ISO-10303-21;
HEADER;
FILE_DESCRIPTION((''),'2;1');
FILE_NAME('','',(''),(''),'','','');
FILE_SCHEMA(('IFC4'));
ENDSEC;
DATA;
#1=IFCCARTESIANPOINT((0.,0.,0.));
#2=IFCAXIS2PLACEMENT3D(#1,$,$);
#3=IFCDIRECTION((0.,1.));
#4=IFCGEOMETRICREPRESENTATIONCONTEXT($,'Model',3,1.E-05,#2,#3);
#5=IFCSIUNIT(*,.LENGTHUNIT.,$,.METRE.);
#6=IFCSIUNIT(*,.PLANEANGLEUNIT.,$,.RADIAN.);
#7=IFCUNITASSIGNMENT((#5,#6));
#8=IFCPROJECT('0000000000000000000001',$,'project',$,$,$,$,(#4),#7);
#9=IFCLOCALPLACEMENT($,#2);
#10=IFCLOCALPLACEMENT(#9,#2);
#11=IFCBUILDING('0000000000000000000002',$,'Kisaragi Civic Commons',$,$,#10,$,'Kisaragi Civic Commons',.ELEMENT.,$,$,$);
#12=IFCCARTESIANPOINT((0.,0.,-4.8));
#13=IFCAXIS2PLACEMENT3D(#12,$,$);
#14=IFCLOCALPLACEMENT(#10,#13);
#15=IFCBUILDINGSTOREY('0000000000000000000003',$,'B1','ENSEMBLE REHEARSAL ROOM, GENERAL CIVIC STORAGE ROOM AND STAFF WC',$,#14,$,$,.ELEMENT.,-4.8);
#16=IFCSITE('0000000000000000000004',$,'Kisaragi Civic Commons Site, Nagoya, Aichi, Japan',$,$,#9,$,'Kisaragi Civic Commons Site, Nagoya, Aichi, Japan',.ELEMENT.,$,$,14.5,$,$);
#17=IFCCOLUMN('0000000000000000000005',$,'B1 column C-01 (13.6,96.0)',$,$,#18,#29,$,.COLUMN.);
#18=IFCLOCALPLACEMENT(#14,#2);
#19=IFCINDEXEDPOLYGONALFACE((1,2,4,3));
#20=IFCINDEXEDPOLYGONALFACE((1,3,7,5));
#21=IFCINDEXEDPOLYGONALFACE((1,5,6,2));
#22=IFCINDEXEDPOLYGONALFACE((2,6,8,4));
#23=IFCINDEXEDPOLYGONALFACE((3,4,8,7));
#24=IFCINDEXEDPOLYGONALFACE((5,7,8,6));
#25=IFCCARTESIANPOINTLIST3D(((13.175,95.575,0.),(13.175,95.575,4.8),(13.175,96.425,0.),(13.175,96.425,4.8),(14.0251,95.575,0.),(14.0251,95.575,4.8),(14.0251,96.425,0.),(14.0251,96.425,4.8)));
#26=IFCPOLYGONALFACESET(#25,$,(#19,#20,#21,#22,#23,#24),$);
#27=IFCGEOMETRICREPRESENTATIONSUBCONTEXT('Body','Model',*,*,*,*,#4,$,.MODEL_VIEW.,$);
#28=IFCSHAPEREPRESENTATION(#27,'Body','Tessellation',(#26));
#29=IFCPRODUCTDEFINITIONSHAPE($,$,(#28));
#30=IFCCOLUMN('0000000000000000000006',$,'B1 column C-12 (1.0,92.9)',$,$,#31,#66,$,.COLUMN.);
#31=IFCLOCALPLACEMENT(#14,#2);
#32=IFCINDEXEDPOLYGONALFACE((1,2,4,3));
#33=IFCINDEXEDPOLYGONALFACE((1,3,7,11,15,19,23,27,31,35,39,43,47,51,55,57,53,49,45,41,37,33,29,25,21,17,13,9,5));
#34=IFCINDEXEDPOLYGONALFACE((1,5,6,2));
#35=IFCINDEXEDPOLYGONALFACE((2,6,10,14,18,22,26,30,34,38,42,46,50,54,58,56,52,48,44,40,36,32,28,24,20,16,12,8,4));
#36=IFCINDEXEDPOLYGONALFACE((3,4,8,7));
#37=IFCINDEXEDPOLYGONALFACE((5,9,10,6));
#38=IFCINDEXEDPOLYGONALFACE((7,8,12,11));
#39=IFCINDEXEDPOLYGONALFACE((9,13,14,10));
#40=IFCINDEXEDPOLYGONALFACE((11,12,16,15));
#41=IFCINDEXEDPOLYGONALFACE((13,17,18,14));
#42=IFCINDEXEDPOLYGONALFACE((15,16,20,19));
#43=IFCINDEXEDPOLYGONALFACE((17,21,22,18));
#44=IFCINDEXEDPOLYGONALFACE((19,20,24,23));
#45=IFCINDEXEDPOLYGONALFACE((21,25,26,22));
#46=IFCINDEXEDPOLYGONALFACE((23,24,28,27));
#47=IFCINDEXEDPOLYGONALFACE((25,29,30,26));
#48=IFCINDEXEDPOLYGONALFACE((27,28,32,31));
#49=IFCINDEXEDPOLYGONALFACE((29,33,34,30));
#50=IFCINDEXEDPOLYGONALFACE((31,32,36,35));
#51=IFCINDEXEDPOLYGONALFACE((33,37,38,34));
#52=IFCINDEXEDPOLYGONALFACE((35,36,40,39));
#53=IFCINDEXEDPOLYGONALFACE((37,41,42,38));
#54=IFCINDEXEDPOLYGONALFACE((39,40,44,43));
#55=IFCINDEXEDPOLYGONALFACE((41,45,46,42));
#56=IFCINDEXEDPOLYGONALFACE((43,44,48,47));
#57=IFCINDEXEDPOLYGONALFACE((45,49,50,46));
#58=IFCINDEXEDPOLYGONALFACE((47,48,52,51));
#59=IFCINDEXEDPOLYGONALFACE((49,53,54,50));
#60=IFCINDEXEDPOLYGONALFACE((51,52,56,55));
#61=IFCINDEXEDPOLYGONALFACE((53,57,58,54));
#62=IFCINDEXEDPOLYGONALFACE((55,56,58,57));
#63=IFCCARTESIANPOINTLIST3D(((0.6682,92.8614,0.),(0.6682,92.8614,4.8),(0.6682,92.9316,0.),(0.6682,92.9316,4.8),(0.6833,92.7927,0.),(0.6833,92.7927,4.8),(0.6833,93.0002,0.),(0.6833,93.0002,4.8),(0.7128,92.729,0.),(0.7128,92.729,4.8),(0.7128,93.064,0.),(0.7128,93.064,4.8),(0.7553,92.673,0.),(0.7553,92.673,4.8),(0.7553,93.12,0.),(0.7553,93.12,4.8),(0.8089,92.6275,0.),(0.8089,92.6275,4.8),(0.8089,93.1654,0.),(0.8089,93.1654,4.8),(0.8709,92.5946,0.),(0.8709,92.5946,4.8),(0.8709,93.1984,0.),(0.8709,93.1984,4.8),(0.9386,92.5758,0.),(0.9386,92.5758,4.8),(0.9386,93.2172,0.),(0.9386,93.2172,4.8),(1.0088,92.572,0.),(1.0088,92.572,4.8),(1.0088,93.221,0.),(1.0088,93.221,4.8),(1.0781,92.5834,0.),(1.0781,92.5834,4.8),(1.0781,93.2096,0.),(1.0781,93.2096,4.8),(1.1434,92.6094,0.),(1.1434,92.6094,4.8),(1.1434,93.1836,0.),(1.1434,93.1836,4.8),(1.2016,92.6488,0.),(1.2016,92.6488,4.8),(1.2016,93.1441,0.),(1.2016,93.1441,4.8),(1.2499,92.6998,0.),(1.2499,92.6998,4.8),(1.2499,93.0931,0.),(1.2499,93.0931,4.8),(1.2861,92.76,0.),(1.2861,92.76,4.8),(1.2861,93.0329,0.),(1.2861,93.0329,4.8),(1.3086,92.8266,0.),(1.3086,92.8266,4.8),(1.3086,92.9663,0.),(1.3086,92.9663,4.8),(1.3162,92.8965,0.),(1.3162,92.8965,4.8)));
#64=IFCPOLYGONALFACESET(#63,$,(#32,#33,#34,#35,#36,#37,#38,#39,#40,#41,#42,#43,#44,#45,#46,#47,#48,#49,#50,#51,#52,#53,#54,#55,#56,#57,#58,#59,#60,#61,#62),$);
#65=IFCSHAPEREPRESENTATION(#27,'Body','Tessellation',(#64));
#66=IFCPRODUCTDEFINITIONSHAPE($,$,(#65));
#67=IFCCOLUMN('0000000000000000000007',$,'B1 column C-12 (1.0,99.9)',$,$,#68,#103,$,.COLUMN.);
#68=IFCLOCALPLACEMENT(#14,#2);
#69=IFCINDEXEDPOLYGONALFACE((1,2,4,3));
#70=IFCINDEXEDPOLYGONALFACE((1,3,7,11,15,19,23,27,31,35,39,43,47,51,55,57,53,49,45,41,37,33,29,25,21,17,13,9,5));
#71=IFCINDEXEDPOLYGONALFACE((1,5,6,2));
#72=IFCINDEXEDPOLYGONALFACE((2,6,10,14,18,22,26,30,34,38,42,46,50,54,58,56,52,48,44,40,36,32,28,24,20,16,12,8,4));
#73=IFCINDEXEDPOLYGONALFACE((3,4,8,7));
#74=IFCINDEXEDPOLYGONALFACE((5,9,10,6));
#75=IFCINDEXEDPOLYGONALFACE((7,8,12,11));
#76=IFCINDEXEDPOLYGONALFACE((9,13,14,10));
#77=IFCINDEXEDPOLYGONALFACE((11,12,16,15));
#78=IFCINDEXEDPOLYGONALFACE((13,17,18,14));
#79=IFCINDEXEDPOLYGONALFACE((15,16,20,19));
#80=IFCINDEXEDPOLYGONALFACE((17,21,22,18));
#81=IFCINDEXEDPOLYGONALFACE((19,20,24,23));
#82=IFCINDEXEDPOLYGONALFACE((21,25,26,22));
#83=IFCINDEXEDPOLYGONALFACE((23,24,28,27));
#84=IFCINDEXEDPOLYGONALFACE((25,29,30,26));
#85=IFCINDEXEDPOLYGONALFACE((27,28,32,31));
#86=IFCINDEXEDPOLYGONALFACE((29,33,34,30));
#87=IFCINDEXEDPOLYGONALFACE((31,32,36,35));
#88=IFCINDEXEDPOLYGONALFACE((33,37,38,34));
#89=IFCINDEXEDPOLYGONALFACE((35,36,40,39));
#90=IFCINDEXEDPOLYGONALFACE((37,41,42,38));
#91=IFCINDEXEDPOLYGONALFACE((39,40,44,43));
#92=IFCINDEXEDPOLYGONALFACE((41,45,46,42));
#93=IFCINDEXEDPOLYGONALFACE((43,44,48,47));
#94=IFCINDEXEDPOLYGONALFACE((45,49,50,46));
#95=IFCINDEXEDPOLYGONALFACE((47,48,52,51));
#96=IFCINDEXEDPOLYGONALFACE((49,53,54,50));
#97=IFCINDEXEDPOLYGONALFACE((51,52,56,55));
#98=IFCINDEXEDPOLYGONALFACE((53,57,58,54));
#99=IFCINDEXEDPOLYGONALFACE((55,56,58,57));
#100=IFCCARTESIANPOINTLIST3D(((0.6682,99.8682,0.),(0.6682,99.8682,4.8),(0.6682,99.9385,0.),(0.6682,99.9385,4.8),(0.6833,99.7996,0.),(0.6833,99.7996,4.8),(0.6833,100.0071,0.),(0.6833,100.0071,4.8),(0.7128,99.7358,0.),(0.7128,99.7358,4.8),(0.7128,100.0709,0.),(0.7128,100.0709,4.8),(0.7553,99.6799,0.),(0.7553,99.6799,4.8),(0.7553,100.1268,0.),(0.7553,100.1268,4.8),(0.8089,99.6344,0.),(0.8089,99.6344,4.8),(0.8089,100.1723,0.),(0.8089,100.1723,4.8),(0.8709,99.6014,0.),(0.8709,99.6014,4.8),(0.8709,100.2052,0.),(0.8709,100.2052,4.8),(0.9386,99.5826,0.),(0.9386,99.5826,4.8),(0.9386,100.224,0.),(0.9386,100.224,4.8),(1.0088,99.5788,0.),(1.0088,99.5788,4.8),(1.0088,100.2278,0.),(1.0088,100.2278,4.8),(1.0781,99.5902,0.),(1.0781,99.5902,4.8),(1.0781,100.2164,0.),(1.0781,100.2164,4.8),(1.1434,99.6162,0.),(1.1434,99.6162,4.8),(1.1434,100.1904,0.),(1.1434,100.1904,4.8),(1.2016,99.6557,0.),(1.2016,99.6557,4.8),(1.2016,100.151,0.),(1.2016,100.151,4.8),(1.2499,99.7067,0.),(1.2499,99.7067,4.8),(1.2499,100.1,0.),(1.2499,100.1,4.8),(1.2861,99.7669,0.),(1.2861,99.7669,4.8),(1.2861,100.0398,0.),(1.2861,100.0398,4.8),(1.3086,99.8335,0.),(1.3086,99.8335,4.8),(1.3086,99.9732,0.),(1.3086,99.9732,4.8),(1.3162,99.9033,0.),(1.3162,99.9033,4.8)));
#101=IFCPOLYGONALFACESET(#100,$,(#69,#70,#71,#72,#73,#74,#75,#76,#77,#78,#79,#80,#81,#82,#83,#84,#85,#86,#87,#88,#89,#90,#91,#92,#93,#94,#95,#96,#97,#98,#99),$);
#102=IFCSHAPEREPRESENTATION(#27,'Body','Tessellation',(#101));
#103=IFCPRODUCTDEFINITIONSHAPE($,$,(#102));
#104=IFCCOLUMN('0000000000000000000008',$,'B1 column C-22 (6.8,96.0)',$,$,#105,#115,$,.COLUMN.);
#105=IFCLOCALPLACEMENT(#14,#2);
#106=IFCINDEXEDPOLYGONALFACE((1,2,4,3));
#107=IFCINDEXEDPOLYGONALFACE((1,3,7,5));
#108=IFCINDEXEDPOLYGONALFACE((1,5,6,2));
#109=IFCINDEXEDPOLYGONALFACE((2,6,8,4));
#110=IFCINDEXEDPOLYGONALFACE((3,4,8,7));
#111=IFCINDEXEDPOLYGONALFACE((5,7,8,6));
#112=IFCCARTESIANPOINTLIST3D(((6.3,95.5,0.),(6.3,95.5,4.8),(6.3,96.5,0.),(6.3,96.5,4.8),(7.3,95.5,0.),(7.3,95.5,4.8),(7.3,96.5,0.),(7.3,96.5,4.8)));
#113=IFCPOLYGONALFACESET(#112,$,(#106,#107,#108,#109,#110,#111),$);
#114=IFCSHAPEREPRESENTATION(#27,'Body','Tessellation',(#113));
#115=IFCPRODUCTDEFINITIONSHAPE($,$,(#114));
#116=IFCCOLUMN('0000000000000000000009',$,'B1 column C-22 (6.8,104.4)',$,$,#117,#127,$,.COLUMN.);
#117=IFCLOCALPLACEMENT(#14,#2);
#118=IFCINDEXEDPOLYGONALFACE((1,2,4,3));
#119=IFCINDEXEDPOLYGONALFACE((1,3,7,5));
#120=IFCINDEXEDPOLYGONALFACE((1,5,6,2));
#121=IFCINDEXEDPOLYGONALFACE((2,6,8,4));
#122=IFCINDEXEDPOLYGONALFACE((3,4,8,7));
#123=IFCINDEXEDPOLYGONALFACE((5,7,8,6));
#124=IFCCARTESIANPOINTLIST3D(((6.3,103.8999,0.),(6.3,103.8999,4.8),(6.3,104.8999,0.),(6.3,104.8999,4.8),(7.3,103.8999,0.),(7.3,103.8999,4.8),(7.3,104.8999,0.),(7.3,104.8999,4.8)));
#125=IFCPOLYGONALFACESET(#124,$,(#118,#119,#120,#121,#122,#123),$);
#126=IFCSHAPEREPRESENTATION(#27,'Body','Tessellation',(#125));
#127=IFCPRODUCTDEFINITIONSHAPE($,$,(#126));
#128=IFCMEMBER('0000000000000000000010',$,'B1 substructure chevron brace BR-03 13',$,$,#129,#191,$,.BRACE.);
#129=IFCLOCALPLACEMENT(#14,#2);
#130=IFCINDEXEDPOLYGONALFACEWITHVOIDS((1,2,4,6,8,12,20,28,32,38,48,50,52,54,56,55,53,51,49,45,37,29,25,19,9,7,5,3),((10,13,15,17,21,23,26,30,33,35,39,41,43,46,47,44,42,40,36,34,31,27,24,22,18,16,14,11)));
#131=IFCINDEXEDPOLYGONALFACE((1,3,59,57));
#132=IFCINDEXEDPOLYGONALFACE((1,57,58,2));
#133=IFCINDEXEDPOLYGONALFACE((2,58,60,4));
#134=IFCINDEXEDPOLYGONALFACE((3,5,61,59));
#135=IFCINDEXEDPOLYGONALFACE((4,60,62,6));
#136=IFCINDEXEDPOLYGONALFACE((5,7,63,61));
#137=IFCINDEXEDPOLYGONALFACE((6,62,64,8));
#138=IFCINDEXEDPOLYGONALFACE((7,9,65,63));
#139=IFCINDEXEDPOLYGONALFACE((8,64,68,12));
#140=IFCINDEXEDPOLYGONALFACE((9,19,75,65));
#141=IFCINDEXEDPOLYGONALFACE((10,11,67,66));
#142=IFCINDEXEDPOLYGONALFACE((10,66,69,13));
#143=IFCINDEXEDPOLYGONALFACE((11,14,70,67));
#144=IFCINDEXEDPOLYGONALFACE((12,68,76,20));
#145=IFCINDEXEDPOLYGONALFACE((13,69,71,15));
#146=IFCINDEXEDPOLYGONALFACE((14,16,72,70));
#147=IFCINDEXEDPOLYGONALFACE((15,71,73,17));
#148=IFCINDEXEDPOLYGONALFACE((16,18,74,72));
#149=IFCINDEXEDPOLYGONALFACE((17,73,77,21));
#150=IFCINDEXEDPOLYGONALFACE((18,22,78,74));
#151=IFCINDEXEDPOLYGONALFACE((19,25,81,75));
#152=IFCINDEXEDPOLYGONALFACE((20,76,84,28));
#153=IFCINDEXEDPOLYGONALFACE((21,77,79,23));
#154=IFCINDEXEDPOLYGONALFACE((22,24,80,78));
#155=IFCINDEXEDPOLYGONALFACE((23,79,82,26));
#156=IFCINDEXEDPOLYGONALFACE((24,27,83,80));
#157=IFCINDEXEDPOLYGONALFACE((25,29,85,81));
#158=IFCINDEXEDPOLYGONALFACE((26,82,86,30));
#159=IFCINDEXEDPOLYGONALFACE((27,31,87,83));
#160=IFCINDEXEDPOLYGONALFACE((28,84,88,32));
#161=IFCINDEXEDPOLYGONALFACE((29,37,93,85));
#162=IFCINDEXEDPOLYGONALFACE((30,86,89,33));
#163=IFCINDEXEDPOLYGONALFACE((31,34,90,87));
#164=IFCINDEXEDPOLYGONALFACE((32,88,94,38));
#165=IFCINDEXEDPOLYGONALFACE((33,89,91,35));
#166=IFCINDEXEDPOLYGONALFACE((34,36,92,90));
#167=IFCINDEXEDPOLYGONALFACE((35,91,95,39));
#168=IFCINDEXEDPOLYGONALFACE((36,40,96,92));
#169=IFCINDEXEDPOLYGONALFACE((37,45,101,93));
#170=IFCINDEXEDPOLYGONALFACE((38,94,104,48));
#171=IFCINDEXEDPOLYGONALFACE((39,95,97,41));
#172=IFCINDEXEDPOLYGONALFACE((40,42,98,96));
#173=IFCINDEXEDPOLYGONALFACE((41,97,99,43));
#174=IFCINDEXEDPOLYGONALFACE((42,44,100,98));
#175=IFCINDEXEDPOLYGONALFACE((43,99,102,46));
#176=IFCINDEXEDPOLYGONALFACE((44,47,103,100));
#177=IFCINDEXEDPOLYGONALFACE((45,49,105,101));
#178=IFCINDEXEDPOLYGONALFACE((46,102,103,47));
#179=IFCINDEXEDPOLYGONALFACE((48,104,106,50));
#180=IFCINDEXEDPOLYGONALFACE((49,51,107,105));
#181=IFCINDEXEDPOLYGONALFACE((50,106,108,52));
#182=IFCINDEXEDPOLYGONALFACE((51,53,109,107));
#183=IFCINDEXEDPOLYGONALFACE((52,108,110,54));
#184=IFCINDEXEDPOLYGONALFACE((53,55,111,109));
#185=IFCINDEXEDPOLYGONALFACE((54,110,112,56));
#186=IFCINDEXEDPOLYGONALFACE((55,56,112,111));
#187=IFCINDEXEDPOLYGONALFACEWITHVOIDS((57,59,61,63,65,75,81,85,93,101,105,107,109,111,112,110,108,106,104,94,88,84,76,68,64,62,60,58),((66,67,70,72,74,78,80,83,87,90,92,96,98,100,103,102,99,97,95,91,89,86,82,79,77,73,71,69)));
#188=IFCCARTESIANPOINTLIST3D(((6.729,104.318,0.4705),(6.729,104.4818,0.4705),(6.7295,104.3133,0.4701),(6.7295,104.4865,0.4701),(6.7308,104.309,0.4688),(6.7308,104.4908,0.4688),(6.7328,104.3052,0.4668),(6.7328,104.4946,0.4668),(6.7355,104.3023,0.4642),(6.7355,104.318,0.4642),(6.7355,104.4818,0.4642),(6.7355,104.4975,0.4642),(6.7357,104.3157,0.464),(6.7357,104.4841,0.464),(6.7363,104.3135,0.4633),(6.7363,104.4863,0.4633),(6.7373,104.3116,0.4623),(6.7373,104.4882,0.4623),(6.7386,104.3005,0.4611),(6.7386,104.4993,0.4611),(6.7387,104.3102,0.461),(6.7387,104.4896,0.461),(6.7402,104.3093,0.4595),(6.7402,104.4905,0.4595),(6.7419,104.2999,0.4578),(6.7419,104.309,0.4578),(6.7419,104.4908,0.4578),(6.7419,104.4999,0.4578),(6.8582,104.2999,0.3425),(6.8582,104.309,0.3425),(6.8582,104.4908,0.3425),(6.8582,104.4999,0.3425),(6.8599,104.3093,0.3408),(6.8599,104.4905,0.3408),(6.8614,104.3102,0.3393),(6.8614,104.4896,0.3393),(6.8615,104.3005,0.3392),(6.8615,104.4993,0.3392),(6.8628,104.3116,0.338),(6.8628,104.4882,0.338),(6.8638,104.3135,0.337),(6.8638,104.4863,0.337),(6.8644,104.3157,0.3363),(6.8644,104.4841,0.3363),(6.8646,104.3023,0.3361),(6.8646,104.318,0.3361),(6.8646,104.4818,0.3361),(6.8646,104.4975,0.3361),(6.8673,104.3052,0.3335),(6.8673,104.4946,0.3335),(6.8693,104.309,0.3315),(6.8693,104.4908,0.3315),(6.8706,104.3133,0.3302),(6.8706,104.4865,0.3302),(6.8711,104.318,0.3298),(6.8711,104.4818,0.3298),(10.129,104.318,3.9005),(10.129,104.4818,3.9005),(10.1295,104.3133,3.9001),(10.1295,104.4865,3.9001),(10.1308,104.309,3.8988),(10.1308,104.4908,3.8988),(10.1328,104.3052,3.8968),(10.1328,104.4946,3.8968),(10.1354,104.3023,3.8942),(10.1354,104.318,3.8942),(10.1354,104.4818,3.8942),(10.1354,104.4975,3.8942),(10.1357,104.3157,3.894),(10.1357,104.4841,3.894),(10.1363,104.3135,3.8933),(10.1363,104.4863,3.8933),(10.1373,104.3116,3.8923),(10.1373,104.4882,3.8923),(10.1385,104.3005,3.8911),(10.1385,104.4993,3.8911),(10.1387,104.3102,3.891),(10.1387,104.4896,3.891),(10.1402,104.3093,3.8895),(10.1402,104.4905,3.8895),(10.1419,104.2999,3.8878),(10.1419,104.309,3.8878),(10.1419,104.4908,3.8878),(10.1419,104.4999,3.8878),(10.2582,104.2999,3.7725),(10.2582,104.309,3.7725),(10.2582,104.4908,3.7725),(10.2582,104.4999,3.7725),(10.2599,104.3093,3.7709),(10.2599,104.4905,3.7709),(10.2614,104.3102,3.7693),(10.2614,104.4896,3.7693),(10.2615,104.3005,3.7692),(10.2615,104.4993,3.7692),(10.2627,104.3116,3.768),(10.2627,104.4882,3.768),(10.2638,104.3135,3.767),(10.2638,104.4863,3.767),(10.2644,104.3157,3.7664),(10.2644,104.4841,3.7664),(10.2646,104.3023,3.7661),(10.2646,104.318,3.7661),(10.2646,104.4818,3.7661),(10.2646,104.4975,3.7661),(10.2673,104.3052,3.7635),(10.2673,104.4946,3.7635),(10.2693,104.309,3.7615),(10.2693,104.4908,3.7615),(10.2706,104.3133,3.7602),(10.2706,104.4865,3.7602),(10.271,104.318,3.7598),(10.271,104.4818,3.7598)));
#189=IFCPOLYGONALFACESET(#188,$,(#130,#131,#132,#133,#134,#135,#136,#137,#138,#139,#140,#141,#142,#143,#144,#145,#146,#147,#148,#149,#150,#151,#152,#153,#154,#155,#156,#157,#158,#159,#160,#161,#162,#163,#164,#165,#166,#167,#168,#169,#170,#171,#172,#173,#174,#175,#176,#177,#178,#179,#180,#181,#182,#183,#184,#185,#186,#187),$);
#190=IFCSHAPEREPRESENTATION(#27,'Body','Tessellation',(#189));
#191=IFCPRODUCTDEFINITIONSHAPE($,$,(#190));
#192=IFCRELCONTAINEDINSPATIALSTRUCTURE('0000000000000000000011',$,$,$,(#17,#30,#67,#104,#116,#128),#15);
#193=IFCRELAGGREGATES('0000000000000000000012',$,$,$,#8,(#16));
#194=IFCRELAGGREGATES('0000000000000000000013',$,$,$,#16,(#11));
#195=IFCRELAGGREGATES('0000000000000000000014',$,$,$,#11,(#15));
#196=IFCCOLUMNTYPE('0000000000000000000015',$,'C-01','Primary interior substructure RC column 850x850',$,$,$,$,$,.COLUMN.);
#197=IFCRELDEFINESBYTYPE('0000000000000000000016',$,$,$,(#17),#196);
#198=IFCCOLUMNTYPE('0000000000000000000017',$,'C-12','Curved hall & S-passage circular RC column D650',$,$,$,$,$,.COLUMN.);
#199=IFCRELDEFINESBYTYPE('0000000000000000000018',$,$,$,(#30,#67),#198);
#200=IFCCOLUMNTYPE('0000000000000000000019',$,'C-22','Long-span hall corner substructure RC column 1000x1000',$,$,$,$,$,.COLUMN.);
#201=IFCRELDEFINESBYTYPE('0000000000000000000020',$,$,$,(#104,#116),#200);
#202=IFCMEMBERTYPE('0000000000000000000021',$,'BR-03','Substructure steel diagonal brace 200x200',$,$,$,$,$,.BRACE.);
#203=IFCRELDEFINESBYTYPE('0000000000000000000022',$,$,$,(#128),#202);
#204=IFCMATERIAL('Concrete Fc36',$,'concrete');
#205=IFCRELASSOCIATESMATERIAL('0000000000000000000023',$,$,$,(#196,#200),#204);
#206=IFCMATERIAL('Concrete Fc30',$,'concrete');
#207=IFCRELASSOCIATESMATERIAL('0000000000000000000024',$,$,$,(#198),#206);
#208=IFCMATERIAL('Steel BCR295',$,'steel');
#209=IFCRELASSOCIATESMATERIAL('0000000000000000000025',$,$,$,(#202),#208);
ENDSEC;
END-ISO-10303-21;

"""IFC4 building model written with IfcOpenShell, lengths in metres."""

from ifc_helpers import new_model, si_unit, direction, frame, origin, origin_2d, place, context, subcontext, project, spatial, rectangle, hollow_rectangle, circle, extrude, material, material_profile, profile_set, type_object, element, save


model = new_model("IFC4")

# Units and contexts
model_context = context("Model", 3, precision=1e-05, world=origin(), true_north=direction((0.0, 1.0)))
body_context = subcontext(model_context, "Body", "Model", "MODEL_VIEW")
ifc_project = project(units=[si_unit("LENGTHUNIT", "METRE"), si_unit("PLANEANGLEUNIT", "RADIAN")], contexts=[model_context])

# Site, building, storey
site_placement = place(None, origin())
site = spatial("IfcSite", under=ifc_project, at=site_placement, Name="Kisaragi Civic Commons Site, Nagoya, Aichi, Japan", LongName="Kisaragi Civic Commons Site, Nagoya, Aichi, Japan", CompositionType="ELEMENT", RefElevation=14.5)
building_placement = place(site_placement, origin())
building = spatial("IfcBuilding", under=site, at=building_placement, Name="Kisaragi Civic Commons", LongName="Kisaragi Civic Commons", CompositionType="ELEMENT")
storey_placement = place(building_placement, frame((0.0, 0.0, -4.8)))
storey = spatial("IfcBuildingStorey", under=building, at=storey_placement, Name="B1", Description="ENSEMBLE REHEARSAL ROOM, GENERAL CIVIC STORAGE ROOM AND STAFF WC", CompositionType="ELEMENT", Elevation=-4.8)

# Shared definitions
ifc_material_1 = material(Name="Concrete Fc36", Category="concrete")

# Columns
ifc_material_profile_1 = material_profile(ifc_material_1, rectangle(XDim=0.8501, YDim=0.8501, at=origin_2d()), Name="RC-850x850", Category="concrete")
ifc_profile_set_1 = profile_set([ifc_material_profile_1], Name="Concrete Fc36")
column_type_1 = type_object("IfcColumnType", Name="C-01", Description="Primary interior substructure RC column 850x850", PredefinedType="COLUMN", material=ifc_profile_set_1)
column_placement = place(storey_placement, frame((13.6001, 96.0, 0.0), z_axis=(0.0, 0.0, 1.0), x_axis=(1.0, 0.0, 0.0)))
element("IfcColumn", 1, at=column_placement, inside=storey, type_object=column_type_1, Name="B1 column C-01 (13.6,96.0)", PredefinedType="COLUMN", context=body_context, shape_type="SweptSolid", body=[
    extrude(rectangle(XDim=0.8501, YDim=0.8501, at=origin_2d()), origin(), (0.0, 0.0, 1.0), 4.8),
])
ifc_material_2 = material(Name="Concrete Fc30", Category="concrete")
ifc_material_profile_2 = material_profile(ifc_material_2, circle(Radius=0.325, at=origin_2d()), Name="RC-D650", Category="concrete")
ifc_profile_set_2 = profile_set([ifc_material_profile_2], Name="Concrete Fc30")
column_type_2 = type_object("IfcColumnType", Name="C-12", Description="Curved hall & S-passage circular RC column D650", PredefinedType="COLUMN", material=ifc_profile_set_2)
for number, where, z_axis, x_axis, name in (
    (2, (0.9912, 92.8965, 0.0), (0.0, 0.0, 1.0), (1.0, 0.0, 0.0), "B1 column C-12 (1.0,92.9)"),
    (3, (0.9912, 99.9033, 0.0), (0.0, 0.0, 1.0), (1.0, 0.0, 0.0), "B1 column C-12 (1.0,99.9)"),
):
    element("IfcColumn", number, at=place(storey_placement, frame(where, z_axis=z_axis, x_axis=x_axis)), inside=storey, type_object=column_type_2, Name=name, PredefinedType="COLUMN", context=body_context, shape_type="SweptSolid", body=[
        extrude(circle(Radius=0.325, at=origin_2d()), origin(), (0.0, 0.0, 1.0), 4.8),
    ])
ifc_material_profile_3 = material_profile(ifc_material_1, rectangle(XDim=1.0, YDim=1.0, at=origin_2d()), Name="RC-1000x1000", Category="concrete")
ifc_profile_set_3 = profile_set([ifc_material_profile_3], Name="Concrete Fc36")
column_type_3 = type_object("IfcColumnType", Name="C-22", Description="Long-span hall corner substructure RC column 1000x1000", PredefinedType="COLUMN", material=ifc_profile_set_3)
for number, where, z_axis, x_axis, name in (
    (4, (6.8, 96.0, 0.0), (0.0, 0.0, 1.0), (1.0, 0.0, 0.0), "B1 column C-22 (6.8,96.0)"),
    (5, (6.8, 104.3999, 0.0), (0.0, 0.0, 1.0), (1.0, 0.0, 0.0), "B1 column C-22 (6.8,104.4)"),
):
    element("IfcColumn", number, at=place(storey_placement, frame(where, z_axis=z_axis, x_axis=x_axis)), inside=storey, type_object=column_type_3, Name=name, PredefinedType="COLUMN", context=body_context, shape_type="SweptSolid", body=[
        extrude(rectangle(XDim=1.0, YDim=1.0, at=origin_2d()), origin(), (0.0, 0.0, 1.0), 4.8),
    ])

# Member
ifc_material_3 = material(Name="Steel BCR295", Category="steel")
ifc_material_profile_4 = material_profile(ifc_material_3, hollow_rectangle(XDim=0.2, YDim=0.2, WallThickness=0.009, InnerFilletRadius=0.009, OuterFilletRadius=0.0181, at=origin_2d()), Name="BCR-200x200x9", Category="steel")
ifc_profile_set_4 = profile_set([ifc_material_profile_4], Name="Steel BCR295")
member_type = type_object("IfcMemberType", Name="BR-03", Description="Substructure steel diagonal brace 200x200", PredefinedType="BRACE", material=ifc_profile_set_4)
member_placement = place(storey_placement, frame((6.8, 104.3999, 0.4001), z_axis=(0.703991, 0.0, 0.710209), x_axis=(0.0, 1.0, 0.0)))
element("IfcMember", 6, at=member_placement, inside=storey, type_object=member_type, Name="B1 substructure chevron brace BR-03 13", PredefinedType="BRACE", context=body_context, shape_type="SweptSolid", body=[
    extrude(hollow_rectangle(XDim=0.2, YDim=0.2, WallThickness=0.009, InnerFilletRadius=0.009, OuterFilletRadius=0.0181, at=origin_2d()), origin(), (0.0, 0.0, 1.0), 4.8296),
])

save(model, "model.ifc")
